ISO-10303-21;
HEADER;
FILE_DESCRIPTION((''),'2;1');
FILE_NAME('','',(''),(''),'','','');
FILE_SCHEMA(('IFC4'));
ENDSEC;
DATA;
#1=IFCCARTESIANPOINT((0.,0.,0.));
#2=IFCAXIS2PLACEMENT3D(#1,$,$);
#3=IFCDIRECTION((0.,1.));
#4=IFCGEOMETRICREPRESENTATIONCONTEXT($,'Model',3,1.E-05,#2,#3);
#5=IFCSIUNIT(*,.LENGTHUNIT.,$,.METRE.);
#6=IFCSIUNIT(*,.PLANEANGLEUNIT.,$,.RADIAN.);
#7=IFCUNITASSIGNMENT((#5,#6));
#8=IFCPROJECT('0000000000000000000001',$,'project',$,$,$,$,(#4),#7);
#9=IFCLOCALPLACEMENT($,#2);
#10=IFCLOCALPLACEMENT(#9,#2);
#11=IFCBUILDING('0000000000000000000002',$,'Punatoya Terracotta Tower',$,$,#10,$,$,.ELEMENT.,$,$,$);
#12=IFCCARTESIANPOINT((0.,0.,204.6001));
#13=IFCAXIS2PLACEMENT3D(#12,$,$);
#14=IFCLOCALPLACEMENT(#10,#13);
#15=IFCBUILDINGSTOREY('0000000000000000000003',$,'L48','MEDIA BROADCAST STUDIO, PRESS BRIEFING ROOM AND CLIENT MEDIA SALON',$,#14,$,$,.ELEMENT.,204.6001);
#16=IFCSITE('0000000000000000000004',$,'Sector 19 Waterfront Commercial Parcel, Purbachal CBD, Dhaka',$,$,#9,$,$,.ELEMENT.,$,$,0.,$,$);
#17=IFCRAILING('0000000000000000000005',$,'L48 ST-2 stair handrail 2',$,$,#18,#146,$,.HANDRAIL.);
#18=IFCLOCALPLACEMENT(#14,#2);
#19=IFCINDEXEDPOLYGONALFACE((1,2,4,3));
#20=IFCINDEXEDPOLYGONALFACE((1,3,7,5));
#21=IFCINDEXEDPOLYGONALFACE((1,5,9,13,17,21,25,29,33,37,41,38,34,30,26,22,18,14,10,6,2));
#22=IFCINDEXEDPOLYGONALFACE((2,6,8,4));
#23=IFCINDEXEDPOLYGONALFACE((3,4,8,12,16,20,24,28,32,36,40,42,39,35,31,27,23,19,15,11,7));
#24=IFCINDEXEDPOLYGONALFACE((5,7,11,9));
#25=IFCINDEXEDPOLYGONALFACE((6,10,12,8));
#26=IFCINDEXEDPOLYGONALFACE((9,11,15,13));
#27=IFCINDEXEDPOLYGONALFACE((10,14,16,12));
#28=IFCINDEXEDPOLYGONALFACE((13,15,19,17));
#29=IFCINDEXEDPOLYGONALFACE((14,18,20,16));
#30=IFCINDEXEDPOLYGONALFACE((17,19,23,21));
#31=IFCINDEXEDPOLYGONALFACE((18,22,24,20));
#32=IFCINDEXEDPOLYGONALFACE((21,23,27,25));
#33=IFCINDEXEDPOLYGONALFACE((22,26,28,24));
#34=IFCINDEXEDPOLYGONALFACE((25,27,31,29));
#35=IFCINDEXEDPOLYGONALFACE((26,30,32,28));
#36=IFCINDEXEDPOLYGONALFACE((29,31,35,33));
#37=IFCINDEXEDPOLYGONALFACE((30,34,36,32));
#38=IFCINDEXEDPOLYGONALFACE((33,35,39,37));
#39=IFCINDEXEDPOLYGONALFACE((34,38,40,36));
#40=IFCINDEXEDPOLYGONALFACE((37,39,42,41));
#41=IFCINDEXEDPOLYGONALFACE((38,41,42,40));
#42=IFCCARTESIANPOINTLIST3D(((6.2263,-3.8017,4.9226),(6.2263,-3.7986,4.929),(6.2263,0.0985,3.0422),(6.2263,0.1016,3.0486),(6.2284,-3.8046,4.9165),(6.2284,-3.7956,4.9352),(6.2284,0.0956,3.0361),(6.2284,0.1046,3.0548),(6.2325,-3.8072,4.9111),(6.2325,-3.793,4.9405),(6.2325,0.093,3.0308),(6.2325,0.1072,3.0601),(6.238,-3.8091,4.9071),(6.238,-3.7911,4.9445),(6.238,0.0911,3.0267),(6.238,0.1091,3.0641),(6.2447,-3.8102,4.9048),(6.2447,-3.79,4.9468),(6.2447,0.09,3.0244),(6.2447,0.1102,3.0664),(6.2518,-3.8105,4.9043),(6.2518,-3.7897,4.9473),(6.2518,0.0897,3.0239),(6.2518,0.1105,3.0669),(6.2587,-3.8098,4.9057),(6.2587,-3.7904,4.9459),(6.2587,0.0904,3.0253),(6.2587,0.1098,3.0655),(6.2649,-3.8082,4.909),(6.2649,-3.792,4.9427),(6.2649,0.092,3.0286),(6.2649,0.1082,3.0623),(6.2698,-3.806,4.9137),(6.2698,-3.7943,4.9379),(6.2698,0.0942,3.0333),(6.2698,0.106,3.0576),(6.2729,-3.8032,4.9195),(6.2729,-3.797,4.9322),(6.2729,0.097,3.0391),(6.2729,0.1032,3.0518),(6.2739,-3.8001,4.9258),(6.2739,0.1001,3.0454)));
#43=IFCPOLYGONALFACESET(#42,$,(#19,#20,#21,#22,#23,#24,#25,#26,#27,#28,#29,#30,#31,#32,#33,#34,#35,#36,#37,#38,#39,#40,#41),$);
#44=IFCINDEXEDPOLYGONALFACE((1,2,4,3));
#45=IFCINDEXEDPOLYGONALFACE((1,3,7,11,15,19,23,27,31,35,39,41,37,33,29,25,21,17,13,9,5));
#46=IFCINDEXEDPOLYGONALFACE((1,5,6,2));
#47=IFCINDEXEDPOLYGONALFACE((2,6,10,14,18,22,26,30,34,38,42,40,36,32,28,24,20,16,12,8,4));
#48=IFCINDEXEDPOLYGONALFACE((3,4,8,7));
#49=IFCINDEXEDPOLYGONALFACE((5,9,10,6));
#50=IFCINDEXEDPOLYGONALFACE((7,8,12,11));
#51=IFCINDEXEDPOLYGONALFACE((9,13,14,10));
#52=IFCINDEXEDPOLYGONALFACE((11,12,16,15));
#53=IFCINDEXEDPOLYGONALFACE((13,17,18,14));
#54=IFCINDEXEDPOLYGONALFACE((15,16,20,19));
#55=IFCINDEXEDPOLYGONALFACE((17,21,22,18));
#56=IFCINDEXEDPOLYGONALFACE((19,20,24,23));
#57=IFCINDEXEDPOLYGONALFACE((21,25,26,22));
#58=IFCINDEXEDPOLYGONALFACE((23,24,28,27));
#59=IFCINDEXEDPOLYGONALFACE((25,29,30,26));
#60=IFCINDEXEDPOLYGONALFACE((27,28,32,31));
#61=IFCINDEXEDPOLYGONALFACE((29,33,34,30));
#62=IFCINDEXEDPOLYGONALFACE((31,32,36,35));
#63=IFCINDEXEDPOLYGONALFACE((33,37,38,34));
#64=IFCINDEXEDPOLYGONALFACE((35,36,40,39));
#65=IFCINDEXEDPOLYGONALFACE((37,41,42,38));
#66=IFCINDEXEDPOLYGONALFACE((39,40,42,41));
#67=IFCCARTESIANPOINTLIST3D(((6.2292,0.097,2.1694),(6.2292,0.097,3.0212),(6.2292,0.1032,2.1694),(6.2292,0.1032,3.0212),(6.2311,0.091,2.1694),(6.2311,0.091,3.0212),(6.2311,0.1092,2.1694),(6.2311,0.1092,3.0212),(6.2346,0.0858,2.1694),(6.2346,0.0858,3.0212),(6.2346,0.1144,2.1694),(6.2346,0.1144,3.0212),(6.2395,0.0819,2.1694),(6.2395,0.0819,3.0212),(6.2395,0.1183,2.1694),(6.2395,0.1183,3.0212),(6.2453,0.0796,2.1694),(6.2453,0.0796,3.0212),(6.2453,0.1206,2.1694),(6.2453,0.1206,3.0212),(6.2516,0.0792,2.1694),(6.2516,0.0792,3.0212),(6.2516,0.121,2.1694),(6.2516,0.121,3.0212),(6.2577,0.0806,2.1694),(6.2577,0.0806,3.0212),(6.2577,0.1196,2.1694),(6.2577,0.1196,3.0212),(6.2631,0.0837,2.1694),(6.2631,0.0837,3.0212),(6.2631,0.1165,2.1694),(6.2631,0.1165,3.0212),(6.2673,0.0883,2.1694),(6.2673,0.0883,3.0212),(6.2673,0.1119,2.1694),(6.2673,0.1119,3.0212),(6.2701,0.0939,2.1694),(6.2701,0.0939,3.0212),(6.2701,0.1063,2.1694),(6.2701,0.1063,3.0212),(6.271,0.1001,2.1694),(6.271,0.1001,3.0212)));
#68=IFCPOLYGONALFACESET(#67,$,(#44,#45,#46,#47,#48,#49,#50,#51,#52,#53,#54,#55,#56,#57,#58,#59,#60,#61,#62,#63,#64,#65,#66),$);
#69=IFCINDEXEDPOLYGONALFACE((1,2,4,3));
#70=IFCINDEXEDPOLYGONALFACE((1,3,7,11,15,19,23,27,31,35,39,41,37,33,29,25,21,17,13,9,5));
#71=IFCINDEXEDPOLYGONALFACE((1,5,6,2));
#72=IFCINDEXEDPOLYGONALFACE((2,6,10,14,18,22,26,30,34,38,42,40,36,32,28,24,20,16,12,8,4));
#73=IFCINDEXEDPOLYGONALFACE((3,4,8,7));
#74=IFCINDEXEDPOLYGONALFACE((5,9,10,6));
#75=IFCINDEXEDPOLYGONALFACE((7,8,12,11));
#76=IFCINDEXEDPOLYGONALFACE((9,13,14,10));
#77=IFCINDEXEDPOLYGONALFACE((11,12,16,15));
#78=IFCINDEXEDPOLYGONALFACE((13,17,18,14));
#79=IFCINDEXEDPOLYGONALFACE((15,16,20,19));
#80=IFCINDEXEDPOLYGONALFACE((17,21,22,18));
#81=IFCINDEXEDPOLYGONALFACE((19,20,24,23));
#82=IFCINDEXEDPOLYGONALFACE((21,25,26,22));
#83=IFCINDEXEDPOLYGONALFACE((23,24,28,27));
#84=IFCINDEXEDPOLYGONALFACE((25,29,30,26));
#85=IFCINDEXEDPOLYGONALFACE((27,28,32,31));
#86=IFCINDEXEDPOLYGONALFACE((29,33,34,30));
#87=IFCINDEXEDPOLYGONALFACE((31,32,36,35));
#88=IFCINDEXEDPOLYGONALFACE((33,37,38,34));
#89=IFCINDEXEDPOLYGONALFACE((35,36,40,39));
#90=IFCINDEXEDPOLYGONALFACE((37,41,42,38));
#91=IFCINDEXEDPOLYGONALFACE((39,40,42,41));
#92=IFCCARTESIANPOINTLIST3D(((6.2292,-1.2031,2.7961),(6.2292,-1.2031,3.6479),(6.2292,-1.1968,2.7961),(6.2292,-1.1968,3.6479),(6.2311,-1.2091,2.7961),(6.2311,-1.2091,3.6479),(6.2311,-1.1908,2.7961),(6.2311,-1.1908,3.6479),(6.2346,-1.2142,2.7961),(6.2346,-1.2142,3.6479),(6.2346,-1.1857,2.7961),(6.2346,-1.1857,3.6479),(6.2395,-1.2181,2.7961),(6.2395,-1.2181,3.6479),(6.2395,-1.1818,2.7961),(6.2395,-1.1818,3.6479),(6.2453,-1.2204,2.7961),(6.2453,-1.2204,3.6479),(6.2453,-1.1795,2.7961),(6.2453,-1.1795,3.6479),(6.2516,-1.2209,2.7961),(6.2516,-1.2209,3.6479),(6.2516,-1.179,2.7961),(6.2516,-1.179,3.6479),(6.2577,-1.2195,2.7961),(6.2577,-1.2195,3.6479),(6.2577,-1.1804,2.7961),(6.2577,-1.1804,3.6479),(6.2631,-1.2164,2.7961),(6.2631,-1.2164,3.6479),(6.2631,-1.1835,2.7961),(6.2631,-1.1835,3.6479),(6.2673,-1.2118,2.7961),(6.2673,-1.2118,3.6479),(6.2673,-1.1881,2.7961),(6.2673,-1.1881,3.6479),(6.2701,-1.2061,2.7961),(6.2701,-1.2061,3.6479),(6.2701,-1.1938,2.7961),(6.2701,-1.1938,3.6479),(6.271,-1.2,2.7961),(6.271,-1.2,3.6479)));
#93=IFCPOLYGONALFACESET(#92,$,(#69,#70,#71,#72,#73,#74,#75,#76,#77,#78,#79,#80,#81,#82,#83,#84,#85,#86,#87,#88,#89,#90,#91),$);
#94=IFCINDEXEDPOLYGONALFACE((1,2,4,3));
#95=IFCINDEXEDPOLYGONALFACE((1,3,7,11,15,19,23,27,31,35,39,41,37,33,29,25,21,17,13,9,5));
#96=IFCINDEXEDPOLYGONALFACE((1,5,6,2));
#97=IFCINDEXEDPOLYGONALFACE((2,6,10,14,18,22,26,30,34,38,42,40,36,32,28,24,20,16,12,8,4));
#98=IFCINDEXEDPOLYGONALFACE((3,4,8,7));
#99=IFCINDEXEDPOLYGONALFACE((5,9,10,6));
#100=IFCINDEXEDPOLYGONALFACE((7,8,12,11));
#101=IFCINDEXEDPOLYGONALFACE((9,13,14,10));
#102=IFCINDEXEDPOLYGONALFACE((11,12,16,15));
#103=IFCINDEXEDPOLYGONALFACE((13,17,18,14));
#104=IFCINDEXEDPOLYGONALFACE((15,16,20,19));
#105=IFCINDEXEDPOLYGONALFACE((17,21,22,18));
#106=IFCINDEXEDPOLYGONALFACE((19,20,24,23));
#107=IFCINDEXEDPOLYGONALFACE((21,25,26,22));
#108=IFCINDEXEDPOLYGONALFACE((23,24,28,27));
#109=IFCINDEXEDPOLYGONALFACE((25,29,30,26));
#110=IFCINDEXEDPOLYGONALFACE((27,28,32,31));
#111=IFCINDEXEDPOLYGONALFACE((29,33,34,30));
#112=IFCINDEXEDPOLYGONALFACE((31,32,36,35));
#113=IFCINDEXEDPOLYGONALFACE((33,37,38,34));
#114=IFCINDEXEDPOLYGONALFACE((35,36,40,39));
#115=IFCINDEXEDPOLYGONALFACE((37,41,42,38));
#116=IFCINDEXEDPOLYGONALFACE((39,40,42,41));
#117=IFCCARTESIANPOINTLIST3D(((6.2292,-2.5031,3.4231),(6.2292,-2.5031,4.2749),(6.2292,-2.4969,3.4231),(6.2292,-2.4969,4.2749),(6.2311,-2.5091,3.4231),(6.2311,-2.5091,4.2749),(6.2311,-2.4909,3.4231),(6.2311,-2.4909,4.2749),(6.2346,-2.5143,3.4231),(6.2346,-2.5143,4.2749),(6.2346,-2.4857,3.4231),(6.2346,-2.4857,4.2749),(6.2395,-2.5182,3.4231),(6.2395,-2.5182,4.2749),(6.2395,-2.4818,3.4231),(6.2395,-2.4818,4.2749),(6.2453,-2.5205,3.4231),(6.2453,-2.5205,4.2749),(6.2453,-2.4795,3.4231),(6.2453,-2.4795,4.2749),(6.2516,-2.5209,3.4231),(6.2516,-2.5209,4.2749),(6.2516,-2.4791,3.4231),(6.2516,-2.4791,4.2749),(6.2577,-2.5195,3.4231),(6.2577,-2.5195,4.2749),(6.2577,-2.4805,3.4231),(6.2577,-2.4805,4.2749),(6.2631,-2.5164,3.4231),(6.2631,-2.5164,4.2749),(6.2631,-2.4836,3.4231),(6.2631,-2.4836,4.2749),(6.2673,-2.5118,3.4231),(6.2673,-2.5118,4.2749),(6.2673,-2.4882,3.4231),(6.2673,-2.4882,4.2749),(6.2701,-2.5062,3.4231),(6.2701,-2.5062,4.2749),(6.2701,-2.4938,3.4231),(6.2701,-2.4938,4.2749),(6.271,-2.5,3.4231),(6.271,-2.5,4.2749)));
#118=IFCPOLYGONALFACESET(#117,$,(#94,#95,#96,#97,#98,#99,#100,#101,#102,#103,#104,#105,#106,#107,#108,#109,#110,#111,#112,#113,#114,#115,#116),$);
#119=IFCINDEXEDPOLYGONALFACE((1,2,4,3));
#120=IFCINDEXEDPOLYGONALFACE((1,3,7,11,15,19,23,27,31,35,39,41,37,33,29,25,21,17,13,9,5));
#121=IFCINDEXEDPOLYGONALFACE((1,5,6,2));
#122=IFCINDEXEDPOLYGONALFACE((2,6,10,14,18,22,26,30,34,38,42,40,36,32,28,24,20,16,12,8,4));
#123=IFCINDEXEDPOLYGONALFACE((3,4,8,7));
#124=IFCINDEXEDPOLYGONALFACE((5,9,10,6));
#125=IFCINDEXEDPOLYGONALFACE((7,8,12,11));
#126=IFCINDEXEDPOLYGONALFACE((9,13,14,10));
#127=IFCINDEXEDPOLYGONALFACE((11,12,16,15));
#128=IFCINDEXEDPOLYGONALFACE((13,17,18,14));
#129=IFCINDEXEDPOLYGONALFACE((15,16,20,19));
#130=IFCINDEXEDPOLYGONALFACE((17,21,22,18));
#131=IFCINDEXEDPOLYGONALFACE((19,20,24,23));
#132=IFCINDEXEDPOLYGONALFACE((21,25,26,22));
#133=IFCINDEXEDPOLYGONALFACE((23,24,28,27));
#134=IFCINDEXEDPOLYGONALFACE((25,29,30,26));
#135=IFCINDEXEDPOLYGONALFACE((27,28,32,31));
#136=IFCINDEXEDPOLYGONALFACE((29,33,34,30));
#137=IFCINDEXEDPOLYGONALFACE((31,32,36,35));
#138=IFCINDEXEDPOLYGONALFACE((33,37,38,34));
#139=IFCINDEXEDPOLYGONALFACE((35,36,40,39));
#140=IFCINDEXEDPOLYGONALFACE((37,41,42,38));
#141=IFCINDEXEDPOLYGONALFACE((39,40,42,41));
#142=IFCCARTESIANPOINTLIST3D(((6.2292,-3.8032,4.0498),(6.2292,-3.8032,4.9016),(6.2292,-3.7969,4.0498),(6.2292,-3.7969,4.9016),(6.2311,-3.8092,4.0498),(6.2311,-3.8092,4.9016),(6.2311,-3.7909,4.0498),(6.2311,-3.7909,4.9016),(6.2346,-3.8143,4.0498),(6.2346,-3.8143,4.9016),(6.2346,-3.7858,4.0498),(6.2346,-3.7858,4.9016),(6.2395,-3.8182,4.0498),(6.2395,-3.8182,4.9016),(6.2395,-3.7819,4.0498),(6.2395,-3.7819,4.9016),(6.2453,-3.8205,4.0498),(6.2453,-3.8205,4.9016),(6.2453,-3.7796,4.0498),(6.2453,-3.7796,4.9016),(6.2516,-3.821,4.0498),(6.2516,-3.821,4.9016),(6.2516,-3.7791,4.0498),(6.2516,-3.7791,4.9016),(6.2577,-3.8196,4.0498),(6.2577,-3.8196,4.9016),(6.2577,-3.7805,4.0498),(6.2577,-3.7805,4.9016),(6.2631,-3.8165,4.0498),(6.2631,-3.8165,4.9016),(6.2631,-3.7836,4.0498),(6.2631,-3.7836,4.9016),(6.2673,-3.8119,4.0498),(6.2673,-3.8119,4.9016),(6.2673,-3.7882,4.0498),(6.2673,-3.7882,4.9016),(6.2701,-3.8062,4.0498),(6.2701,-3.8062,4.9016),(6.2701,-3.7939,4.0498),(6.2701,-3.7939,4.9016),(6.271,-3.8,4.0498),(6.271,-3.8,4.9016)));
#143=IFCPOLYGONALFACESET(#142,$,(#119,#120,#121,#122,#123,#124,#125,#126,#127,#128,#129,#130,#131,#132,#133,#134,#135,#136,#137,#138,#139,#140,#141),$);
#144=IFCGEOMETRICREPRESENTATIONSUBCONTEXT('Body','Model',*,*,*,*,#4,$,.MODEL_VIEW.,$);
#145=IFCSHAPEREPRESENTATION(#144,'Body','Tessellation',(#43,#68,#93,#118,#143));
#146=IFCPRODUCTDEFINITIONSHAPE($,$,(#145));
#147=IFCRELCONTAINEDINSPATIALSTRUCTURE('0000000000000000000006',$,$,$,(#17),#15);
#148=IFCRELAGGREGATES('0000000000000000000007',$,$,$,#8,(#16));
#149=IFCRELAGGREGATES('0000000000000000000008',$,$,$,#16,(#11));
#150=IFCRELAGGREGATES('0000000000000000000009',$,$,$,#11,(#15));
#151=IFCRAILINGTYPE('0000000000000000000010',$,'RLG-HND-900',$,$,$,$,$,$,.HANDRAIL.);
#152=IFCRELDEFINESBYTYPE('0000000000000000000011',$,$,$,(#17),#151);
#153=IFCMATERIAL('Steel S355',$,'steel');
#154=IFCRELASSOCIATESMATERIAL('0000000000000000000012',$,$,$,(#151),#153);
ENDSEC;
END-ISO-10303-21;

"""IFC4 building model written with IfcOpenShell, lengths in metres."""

from ifc_helpers import new_model, si_unit, direction, frame, origin, origin_2d, place, context, subcontext, project, spatial, circle, extrude, material, type_object, element, save


model = new_model("IFC4")

# Units and contexts
model_context = context("Model", 3, precision=1e-05, world=origin(), true_north=direction((0.0, 1.0)))
body_context = subcontext(model_context, "Body", "Model", "MODEL_VIEW")
ifc_project = project(units=[si_unit("LENGTHUNIT", "METRE"), si_unit("PLANEANGLEUNIT", "RADIAN")], contexts=[model_context])

# Site, building, storey
site_placement = place(None, origin())
site = spatial("IfcSite", under=ifc_project, at=site_placement, Name="Sector 19 Waterfront Commercial Parcel, Purbachal CBD, Dhaka", CompositionType="ELEMENT", RefElevation=0.0)
building_placement = place(site_placement, origin())
building = spatial("IfcBuilding", under=site, at=building_placement, Name="Punatoya Terracotta Tower", CompositionType="ELEMENT")
storey_placement = place(building_placement, frame((0.0, 0.0, 204.6001)))
storey = spatial("IfcBuildingStorey", under=building, at=storey_placement, Name="L48", Description="MEDIA BROADCAST STUDIO, PRESS BRIEFING ROOM AND CLIENT MEDIA SALON", CompositionType="ELEMENT", Elevation=204.6001)

# Shared definitions
ifc_material_1 = material(Name="Steel S355", Category="steel")

# Railing
railing_type_1 = type_object("IfcRailingType", Name="RLG-HND-900", PredefinedType="HANDRAIL", material=ifc_material_1)
railing_1_placement = place(storey_placement, frame((6.25, 0.1001, 2.1694)))
element("IfcRailing", 1, at=railing_1_placement, inside=storey, type_object=railing_type_1, Name="L48 ST-2 stair handrail 2", PredefinedType="HANDRAIL", context=body_context, shape_type="SweptSolid", body=[
    extrude(circle(Radius=0.0239, at=origin_2d()), frame((0.0, 0.0, 0.876), z_axis=(0.0, -0.900774, 0.434289), x_axis=(1.0, 0.0, 0.0)), (0.0, 0.0, 1.0), 4.3298),
    extrude(circle(Radius=0.021, at=origin_2d()), origin(), (0.0, 0.0, 1.0), 0.8518),
    extrude(circle(Radius=0.021, at=origin_2d()), frame((0.0, -1.3, 0.6267)), (0.0, 0.0, 1.0), 0.8518),
    extrude(circle(Radius=0.021, at=origin_2d()), frame((0.0, -2.6001, 1.2537)), (0.0, 0.0, 1.0), 0.8518),
    extrude(circle(Radius=0.021, at=origin_2d()), frame((0.0, -3.9001, 1.8804)), (0.0, 0.0, 1.0), 0.8518),
])

save(model, "model.ifc")
